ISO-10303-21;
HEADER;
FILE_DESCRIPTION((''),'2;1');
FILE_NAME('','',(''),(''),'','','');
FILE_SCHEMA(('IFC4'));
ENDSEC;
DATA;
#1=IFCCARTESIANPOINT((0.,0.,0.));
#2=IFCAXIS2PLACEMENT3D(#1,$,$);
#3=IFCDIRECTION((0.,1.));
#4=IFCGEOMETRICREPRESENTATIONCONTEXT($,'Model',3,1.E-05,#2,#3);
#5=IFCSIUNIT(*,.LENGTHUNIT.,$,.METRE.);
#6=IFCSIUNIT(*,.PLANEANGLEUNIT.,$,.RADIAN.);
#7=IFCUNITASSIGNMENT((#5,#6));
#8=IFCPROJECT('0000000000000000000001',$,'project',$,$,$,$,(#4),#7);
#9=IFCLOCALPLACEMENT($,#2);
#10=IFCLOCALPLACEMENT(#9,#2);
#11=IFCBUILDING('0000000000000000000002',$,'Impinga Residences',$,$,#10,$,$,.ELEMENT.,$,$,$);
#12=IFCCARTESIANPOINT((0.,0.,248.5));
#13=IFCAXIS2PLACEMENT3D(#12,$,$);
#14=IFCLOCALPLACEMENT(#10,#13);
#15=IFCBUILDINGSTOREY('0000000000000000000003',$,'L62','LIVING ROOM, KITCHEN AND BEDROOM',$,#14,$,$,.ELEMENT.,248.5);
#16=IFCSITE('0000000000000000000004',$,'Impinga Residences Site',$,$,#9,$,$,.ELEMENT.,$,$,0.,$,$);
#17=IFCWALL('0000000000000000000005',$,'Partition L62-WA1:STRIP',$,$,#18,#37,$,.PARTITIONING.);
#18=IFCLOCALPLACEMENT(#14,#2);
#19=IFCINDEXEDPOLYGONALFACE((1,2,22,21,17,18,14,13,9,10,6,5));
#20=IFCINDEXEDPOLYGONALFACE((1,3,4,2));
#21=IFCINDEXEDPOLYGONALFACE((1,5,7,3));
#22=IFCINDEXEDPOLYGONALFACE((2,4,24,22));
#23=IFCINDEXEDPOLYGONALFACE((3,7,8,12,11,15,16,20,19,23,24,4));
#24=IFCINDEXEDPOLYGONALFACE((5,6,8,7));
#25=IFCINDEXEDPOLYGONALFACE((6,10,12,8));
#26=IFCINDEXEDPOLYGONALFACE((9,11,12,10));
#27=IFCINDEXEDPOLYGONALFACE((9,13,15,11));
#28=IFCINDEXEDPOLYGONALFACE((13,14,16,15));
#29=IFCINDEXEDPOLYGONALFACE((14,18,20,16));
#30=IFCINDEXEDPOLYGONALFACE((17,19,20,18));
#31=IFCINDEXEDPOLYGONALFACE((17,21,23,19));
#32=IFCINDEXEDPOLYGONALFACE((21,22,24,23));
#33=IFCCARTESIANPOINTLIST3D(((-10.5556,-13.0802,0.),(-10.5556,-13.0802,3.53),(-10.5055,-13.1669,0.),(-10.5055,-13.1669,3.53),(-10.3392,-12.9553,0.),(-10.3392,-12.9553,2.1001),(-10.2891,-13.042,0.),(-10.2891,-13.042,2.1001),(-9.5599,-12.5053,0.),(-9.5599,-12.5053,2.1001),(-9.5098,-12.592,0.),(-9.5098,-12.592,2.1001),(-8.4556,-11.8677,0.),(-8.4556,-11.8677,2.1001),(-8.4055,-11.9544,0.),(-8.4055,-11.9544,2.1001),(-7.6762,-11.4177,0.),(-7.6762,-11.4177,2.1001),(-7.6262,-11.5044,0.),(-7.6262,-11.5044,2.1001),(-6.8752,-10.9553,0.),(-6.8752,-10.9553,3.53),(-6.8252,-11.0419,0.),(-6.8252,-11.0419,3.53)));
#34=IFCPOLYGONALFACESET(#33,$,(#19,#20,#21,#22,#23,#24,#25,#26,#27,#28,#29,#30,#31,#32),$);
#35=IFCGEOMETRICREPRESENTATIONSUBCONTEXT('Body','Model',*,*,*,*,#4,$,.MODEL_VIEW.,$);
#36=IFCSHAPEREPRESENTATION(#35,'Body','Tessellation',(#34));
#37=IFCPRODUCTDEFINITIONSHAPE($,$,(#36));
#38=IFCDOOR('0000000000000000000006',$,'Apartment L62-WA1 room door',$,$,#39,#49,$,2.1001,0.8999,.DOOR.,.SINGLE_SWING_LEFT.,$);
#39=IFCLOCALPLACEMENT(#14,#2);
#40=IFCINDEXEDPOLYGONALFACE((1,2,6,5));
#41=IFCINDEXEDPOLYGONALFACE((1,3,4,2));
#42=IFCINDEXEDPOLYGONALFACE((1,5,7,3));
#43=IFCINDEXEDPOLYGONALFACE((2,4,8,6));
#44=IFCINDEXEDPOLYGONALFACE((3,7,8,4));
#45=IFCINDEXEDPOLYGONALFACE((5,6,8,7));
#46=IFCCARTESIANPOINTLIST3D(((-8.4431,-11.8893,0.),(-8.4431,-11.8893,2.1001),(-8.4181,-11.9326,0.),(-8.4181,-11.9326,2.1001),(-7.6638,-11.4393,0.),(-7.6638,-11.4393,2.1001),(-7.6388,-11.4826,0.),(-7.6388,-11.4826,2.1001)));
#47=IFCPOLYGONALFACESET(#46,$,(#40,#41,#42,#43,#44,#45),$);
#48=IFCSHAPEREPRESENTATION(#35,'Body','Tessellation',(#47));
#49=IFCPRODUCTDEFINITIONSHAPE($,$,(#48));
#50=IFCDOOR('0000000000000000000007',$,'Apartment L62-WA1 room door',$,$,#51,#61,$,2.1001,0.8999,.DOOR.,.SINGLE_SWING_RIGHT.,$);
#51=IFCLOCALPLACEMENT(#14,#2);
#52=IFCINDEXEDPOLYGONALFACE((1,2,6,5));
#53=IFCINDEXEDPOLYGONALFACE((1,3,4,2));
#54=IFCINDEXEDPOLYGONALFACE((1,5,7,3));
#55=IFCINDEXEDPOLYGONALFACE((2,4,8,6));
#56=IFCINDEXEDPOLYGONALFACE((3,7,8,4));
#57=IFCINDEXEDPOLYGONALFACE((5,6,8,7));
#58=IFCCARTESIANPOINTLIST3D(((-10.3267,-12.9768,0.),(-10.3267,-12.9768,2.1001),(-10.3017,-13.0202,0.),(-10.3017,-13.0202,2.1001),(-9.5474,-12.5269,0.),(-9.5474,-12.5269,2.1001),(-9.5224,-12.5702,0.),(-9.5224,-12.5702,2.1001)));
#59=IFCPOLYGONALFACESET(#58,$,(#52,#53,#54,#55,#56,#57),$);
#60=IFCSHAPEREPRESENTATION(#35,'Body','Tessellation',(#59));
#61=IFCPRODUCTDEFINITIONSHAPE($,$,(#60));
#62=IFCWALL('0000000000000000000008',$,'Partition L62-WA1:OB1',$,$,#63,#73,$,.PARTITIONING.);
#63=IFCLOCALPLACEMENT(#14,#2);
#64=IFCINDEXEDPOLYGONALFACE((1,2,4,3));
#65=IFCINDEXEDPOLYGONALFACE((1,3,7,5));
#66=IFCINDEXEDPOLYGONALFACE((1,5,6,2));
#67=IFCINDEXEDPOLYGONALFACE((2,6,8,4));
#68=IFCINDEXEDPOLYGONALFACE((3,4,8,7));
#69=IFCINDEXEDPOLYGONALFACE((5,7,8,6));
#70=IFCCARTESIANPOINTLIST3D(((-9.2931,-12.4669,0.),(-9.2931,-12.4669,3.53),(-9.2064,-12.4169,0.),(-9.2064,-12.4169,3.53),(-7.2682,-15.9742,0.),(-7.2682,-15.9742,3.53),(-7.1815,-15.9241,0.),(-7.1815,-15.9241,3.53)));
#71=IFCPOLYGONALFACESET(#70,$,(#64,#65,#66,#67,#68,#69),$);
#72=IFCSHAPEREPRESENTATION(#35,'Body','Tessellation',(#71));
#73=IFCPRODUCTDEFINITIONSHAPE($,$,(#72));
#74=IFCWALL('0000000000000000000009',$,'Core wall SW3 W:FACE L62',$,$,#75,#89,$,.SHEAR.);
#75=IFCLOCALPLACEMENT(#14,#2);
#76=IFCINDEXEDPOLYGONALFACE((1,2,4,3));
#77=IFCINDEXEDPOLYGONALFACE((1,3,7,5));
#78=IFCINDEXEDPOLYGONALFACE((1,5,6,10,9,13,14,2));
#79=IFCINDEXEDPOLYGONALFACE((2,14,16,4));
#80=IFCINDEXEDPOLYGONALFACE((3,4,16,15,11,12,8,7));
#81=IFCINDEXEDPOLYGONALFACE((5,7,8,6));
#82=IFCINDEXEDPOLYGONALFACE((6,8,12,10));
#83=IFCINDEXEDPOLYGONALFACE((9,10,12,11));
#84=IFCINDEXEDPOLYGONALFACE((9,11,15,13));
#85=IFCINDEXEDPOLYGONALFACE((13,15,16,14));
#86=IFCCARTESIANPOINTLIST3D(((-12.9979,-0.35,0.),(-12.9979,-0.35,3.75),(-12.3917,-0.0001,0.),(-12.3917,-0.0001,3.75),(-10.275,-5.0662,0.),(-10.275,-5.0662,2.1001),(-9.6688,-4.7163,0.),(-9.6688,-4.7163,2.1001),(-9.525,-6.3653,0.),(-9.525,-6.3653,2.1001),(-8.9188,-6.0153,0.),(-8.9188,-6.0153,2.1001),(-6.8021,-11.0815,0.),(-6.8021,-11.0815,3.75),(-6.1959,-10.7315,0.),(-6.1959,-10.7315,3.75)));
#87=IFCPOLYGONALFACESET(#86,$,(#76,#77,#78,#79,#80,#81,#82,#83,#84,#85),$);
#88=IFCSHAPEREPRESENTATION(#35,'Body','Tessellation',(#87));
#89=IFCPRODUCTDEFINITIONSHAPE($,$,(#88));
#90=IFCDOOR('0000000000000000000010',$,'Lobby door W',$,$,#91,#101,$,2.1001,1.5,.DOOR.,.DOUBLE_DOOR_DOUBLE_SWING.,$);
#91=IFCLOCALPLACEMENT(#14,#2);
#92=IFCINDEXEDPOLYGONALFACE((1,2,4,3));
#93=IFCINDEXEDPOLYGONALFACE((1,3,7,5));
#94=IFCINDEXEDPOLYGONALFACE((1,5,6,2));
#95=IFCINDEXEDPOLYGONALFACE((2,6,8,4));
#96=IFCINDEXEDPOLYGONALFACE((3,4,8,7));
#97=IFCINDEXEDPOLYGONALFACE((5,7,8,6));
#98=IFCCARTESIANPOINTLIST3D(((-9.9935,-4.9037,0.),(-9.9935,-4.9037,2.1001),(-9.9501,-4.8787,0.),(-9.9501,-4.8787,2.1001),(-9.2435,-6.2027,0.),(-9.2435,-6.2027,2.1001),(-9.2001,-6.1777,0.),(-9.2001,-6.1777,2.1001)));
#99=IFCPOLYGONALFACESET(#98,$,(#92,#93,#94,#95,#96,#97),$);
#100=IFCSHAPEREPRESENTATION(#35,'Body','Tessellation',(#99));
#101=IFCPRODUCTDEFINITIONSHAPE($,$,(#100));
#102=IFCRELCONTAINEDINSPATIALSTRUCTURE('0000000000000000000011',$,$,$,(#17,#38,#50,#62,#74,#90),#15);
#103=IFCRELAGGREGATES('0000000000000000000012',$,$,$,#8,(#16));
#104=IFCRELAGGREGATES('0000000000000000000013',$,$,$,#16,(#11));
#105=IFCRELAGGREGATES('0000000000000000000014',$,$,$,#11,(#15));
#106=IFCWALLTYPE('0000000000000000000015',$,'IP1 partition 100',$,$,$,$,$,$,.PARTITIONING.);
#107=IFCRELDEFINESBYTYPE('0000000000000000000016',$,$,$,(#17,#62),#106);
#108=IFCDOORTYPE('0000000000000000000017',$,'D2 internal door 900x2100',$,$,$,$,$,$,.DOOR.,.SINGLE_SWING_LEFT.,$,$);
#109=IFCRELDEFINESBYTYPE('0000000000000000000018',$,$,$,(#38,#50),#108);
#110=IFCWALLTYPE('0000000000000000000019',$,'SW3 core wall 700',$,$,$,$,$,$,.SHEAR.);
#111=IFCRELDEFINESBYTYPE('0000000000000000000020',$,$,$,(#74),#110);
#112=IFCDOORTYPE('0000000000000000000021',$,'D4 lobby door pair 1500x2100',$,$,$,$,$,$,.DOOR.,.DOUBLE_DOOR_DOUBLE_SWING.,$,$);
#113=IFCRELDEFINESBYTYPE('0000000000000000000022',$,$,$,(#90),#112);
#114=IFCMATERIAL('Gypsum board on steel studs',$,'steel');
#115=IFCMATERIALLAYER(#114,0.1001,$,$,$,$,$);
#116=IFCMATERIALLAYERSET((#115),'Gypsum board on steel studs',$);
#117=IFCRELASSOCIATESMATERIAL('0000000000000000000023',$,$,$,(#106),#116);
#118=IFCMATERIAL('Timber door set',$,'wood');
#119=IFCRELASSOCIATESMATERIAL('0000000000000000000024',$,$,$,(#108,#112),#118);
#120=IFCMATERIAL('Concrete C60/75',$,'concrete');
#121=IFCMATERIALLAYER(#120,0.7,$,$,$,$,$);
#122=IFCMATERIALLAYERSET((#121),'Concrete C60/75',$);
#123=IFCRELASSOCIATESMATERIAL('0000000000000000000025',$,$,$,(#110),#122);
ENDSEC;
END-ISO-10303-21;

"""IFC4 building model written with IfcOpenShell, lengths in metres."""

from ifc_helpers import new_model, si_unit, direction, frame, frame_2d, origin, place, context, subcontext, project, spatial, rectangle, extrude, material, layer, layer_set, type_object, element, fill, save


model = new_model("IFC4")

# Units and contexts
model_context = context("Model", 3, precision=1e-05, world=origin(), true_north=direction((0.0, 1.0)))
body_context = subcontext(model_context, "Body", "Model", "MODEL_VIEW")
ifc_project = project(units=[si_unit("LENGTHUNIT", "METRE"), si_unit("PLANEANGLEUNIT", "RADIAN")], contexts=[model_context])

# Site, building, storey
site_placement = place(None, origin())
site = spatial("IfcSite", under=ifc_project, at=site_placement, Name="Impinga Residences Site", CompositionType="ELEMENT", RefElevation=0.0)
building_placement = place(site_placement, origin())
building = spatial("IfcBuilding", under=site, at=building_placement, Name="Impinga Residences", CompositionType="ELEMENT")
storey_placement = place(building_placement, frame((0.0, 0.0, 248.5)))
storey = spatial("IfcBuildingStorey", under=building, at=storey_placement, Name="L62", Description="LIVING ROOM, KITCHEN AND BEDROOM", CompositionType="ELEMENT", Elevation=248.5)

# Shared definitions
ifc_material_1 = material(Name="Concrete C60/75", Category="concrete")

# Shared definitions
ifc_material_2 = material(Name="Gypsum board on steel studs", Category="steel")
ifc_layer_1 = layer(ifc_material_2, 0.1001)
ifc_layer_set_1 = layer_set([ifc_layer_1], Name="Gypsum board on steel studs")
wall_type_1 = type_object("IfcWallType", Name="IP1 partition 100", PredefinedType="PARTITIONING", material=ifc_layer_set_1)

# Wall, openings, doors
wall_1_placement = place(storey_placement, frame((-6.8501, -10.9985, 0.0), z_axis=(0.0, 0.0, 1.0), x_axis=(-0.866014, -0.500019, 0.0)))
wall_1 = element("IfcWall", 1, at=wall_1_placement, inside=storey, type_object=wall_type_1, Name="Partition L62-WA1:STRIP", PredefinedType="PARTITIONING", context=body_context, shape_type="SweptSolid", body=[
    extrude(rectangle(XDim=4.2498, YDim=0.1001, at=frame_2d((2.125, 0.0))), origin(), (0.0, 0.0, 1.0), 3.53),
])
opening_1_placement = place(wall_1_placement, frame((0.925, 0.0, 0.0)))
opening_1 = element("IfcOpeningElement", 2, at=opening_1_placement, cuts=wall_1, PredefinedType="OPENING", context=body_context, shape_type="SweptSolid", body=[
    extrude(rectangle(XDim=0.8999, YDim=2.1001, at=frame_2d((0.45, 1.05))), frame((0.0, 0.0601, 0.0), z_axis=(0.0, -1.0, 0.0), x_axis=(1.0, 0.0, 0.0)), (0.0, 0.0, 1.0), 0.1201),
])
opening_2_placement = place(wall_1_placement, frame((3.1001, 0.0, 0.0)))
opening_2 = element("IfcOpeningElement", 3, at=opening_2_placement, cuts=wall_1, PredefinedType="OPENING", context=body_context, shape_type="SweptSolid", body=[
    extrude(rectangle(XDim=0.8999, YDim=2.1001, at=frame_2d((0.45, 1.05))), frame((0.0, 0.0601, 0.0), z_axis=(0.0, -1.0, 0.0), x_axis=(1.0, 0.0, 0.0)), (0.0, 0.0, 1.0), 0.1201),
])
ifc_material_3 = material(Name="Timber door set", Category="wood")
door_type_1 = type_object("IfcDoorType", Name="D2 internal door 900x2100", OperationType="SINGLE_SWING_LEFT", PredefinedType="DOOR", material=ifc_material_3)
door_1_placement = place(opening_1_placement, origin())
door_1 = element("IfcDoor", 4, at=door_1_placement, inside=storey, type_object=door_type_1, Name="Apartment L62-WA1 room door", OperationType="SINGLE_SWING_LEFT", OverallHeight=2.1001, OverallWidth=0.8999, PredefinedType="DOOR", context=body_context, shape_type="SweptSolid", body=[
    extrude(rectangle(XDim=0.8999, YDim=2.1001, at=frame_2d((0.45, 1.05))), frame((0.0, 0.0249, 0.0), z_axis=(0.0, -1.0, 0.0), x_axis=(1.0, 0.0, 0.0)), (0.0, 0.0, 1.0), 0.05),
])
fill(opening_1, door_1)
door_2_placement = place(opening_2_placement, origin())
door_2 = element("IfcDoor", 5, at=door_2_placement, inside=storey, type_object=door_type_1, Name="Apartment L62-WA1 room door", OperationType="SINGLE_SWING_RIGHT", OverallHeight=2.1001, OverallWidth=0.8999, PredefinedType="DOOR", context=body_context, shape_type="SweptSolid", body=[
    extrude(rectangle(XDim=0.8999, YDim=2.1001, at=frame_2d((0.45, 1.05))), frame((0.0, 0.0249, 0.0), z_axis=(0.0, -1.0, 0.0), x_axis=(1.0, 0.0, 0.0)), (0.0, 0.0, 1.0), 0.05),
])
fill(opening_2, door_2)

# Wall
wall_2_placement = place(storey_placement, frame((-9.2498, -12.4419, 0.0), z_axis=(0.0, 0.0, 1.0), x_axis=(0.49999, -0.866031, 0.0)))
element("IfcWall", 6, at=wall_2_placement, inside=storey, type_object=wall_type_1, Name="Partition L62-WA1:OB1", PredefinedType="PARTITIONING", context=body_context, shape_type="SweptSolid", body=[
    extrude(rectangle(XDim=4.0498, YDim=0.1001, at=frame_2d((2.0249, 0.0))), origin(), (0.0, 0.0, 1.0), 3.53),
])

# Wall, opening, door
ifc_layer_2 = layer(ifc_material_1, 0.7)
ifc_layer_set_2 = layer_set([ifc_layer_2], Name="Concrete C60/75")
wall_type_2 = type_object("IfcWallType", Name="SW3 core wall 700", PredefinedType="SHEAR", material=ifc_layer_set_2)
wall_3_placement = place(storey_placement, frame((-6.499, -10.9065, 0.0), z_axis=(0.0, 0.0, 1.0), x_axis=(-0.5, 0.866025, 0.0)))
wall_3 = element("IfcWall", 7, at=wall_3_placement, inside=storey, type_object=wall_type_2, Name="Core wall SW3 W:FACE L62", PredefinedType="SHEAR", context=body_context, shape_type="SweptSolid", body=[
    extrude(rectangle(XDim=12.3916, YDim=0.7, at=frame_2d((6.1958, 0.0))), origin(), (0.0, 0.0, 1.0), 3.75),
])
opening_3_placement = place(wall_3_placement, frame((5.4458, 0.0, 0.0)))
opening_3 = element("IfcOpeningElement", 8, at=opening_3_placement, cuts=wall_3, PredefinedType="OPENING", context=body_context, shape_type="SweptSolid", body=[
    extrude(rectangle(XDim=1.5, YDim=2.1001, at=frame_2d((0.75, 1.05))), frame((0.0, 0.3599, 0.0), z_axis=(0.0, -1.0, 0.0), x_axis=(1.0, 0.0, 0.0)), (0.0, 0.0, 1.0), 0.72),
])
door_type_2 = type_object("IfcDoorType", Name="D4 lobby door pair 1500x2100", OperationType="DOUBLE_DOOR_DOUBLE_SWING", PredefinedType="DOOR", material=ifc_material_3)
door_3_placement = place(opening_3_placement, origin())
door_3 = element("IfcDoor", 9, at=door_3_placement, inside=storey, type_object=door_type_2, Name="Lobby door W", OperationType="DOUBLE_DOOR_DOUBLE_SWING", OverallHeight=2.1001, OverallWidth=1.5, PredefinedType="DOOR", context=body_context, shape_type="SweptSolid", body=[
    extrude(rectangle(XDim=1.5, YDim=2.1001, at=frame_2d((0.75, 1.05))), frame((0.0, 0.0249, 0.0), z_axis=(0.0, -1.0, 0.0), x_axis=(1.0, 0.0, 0.0)), (0.0, 0.0, 1.0), 0.05),
])
fill(opening_3, door_3)

save(model, "model.ifc")
